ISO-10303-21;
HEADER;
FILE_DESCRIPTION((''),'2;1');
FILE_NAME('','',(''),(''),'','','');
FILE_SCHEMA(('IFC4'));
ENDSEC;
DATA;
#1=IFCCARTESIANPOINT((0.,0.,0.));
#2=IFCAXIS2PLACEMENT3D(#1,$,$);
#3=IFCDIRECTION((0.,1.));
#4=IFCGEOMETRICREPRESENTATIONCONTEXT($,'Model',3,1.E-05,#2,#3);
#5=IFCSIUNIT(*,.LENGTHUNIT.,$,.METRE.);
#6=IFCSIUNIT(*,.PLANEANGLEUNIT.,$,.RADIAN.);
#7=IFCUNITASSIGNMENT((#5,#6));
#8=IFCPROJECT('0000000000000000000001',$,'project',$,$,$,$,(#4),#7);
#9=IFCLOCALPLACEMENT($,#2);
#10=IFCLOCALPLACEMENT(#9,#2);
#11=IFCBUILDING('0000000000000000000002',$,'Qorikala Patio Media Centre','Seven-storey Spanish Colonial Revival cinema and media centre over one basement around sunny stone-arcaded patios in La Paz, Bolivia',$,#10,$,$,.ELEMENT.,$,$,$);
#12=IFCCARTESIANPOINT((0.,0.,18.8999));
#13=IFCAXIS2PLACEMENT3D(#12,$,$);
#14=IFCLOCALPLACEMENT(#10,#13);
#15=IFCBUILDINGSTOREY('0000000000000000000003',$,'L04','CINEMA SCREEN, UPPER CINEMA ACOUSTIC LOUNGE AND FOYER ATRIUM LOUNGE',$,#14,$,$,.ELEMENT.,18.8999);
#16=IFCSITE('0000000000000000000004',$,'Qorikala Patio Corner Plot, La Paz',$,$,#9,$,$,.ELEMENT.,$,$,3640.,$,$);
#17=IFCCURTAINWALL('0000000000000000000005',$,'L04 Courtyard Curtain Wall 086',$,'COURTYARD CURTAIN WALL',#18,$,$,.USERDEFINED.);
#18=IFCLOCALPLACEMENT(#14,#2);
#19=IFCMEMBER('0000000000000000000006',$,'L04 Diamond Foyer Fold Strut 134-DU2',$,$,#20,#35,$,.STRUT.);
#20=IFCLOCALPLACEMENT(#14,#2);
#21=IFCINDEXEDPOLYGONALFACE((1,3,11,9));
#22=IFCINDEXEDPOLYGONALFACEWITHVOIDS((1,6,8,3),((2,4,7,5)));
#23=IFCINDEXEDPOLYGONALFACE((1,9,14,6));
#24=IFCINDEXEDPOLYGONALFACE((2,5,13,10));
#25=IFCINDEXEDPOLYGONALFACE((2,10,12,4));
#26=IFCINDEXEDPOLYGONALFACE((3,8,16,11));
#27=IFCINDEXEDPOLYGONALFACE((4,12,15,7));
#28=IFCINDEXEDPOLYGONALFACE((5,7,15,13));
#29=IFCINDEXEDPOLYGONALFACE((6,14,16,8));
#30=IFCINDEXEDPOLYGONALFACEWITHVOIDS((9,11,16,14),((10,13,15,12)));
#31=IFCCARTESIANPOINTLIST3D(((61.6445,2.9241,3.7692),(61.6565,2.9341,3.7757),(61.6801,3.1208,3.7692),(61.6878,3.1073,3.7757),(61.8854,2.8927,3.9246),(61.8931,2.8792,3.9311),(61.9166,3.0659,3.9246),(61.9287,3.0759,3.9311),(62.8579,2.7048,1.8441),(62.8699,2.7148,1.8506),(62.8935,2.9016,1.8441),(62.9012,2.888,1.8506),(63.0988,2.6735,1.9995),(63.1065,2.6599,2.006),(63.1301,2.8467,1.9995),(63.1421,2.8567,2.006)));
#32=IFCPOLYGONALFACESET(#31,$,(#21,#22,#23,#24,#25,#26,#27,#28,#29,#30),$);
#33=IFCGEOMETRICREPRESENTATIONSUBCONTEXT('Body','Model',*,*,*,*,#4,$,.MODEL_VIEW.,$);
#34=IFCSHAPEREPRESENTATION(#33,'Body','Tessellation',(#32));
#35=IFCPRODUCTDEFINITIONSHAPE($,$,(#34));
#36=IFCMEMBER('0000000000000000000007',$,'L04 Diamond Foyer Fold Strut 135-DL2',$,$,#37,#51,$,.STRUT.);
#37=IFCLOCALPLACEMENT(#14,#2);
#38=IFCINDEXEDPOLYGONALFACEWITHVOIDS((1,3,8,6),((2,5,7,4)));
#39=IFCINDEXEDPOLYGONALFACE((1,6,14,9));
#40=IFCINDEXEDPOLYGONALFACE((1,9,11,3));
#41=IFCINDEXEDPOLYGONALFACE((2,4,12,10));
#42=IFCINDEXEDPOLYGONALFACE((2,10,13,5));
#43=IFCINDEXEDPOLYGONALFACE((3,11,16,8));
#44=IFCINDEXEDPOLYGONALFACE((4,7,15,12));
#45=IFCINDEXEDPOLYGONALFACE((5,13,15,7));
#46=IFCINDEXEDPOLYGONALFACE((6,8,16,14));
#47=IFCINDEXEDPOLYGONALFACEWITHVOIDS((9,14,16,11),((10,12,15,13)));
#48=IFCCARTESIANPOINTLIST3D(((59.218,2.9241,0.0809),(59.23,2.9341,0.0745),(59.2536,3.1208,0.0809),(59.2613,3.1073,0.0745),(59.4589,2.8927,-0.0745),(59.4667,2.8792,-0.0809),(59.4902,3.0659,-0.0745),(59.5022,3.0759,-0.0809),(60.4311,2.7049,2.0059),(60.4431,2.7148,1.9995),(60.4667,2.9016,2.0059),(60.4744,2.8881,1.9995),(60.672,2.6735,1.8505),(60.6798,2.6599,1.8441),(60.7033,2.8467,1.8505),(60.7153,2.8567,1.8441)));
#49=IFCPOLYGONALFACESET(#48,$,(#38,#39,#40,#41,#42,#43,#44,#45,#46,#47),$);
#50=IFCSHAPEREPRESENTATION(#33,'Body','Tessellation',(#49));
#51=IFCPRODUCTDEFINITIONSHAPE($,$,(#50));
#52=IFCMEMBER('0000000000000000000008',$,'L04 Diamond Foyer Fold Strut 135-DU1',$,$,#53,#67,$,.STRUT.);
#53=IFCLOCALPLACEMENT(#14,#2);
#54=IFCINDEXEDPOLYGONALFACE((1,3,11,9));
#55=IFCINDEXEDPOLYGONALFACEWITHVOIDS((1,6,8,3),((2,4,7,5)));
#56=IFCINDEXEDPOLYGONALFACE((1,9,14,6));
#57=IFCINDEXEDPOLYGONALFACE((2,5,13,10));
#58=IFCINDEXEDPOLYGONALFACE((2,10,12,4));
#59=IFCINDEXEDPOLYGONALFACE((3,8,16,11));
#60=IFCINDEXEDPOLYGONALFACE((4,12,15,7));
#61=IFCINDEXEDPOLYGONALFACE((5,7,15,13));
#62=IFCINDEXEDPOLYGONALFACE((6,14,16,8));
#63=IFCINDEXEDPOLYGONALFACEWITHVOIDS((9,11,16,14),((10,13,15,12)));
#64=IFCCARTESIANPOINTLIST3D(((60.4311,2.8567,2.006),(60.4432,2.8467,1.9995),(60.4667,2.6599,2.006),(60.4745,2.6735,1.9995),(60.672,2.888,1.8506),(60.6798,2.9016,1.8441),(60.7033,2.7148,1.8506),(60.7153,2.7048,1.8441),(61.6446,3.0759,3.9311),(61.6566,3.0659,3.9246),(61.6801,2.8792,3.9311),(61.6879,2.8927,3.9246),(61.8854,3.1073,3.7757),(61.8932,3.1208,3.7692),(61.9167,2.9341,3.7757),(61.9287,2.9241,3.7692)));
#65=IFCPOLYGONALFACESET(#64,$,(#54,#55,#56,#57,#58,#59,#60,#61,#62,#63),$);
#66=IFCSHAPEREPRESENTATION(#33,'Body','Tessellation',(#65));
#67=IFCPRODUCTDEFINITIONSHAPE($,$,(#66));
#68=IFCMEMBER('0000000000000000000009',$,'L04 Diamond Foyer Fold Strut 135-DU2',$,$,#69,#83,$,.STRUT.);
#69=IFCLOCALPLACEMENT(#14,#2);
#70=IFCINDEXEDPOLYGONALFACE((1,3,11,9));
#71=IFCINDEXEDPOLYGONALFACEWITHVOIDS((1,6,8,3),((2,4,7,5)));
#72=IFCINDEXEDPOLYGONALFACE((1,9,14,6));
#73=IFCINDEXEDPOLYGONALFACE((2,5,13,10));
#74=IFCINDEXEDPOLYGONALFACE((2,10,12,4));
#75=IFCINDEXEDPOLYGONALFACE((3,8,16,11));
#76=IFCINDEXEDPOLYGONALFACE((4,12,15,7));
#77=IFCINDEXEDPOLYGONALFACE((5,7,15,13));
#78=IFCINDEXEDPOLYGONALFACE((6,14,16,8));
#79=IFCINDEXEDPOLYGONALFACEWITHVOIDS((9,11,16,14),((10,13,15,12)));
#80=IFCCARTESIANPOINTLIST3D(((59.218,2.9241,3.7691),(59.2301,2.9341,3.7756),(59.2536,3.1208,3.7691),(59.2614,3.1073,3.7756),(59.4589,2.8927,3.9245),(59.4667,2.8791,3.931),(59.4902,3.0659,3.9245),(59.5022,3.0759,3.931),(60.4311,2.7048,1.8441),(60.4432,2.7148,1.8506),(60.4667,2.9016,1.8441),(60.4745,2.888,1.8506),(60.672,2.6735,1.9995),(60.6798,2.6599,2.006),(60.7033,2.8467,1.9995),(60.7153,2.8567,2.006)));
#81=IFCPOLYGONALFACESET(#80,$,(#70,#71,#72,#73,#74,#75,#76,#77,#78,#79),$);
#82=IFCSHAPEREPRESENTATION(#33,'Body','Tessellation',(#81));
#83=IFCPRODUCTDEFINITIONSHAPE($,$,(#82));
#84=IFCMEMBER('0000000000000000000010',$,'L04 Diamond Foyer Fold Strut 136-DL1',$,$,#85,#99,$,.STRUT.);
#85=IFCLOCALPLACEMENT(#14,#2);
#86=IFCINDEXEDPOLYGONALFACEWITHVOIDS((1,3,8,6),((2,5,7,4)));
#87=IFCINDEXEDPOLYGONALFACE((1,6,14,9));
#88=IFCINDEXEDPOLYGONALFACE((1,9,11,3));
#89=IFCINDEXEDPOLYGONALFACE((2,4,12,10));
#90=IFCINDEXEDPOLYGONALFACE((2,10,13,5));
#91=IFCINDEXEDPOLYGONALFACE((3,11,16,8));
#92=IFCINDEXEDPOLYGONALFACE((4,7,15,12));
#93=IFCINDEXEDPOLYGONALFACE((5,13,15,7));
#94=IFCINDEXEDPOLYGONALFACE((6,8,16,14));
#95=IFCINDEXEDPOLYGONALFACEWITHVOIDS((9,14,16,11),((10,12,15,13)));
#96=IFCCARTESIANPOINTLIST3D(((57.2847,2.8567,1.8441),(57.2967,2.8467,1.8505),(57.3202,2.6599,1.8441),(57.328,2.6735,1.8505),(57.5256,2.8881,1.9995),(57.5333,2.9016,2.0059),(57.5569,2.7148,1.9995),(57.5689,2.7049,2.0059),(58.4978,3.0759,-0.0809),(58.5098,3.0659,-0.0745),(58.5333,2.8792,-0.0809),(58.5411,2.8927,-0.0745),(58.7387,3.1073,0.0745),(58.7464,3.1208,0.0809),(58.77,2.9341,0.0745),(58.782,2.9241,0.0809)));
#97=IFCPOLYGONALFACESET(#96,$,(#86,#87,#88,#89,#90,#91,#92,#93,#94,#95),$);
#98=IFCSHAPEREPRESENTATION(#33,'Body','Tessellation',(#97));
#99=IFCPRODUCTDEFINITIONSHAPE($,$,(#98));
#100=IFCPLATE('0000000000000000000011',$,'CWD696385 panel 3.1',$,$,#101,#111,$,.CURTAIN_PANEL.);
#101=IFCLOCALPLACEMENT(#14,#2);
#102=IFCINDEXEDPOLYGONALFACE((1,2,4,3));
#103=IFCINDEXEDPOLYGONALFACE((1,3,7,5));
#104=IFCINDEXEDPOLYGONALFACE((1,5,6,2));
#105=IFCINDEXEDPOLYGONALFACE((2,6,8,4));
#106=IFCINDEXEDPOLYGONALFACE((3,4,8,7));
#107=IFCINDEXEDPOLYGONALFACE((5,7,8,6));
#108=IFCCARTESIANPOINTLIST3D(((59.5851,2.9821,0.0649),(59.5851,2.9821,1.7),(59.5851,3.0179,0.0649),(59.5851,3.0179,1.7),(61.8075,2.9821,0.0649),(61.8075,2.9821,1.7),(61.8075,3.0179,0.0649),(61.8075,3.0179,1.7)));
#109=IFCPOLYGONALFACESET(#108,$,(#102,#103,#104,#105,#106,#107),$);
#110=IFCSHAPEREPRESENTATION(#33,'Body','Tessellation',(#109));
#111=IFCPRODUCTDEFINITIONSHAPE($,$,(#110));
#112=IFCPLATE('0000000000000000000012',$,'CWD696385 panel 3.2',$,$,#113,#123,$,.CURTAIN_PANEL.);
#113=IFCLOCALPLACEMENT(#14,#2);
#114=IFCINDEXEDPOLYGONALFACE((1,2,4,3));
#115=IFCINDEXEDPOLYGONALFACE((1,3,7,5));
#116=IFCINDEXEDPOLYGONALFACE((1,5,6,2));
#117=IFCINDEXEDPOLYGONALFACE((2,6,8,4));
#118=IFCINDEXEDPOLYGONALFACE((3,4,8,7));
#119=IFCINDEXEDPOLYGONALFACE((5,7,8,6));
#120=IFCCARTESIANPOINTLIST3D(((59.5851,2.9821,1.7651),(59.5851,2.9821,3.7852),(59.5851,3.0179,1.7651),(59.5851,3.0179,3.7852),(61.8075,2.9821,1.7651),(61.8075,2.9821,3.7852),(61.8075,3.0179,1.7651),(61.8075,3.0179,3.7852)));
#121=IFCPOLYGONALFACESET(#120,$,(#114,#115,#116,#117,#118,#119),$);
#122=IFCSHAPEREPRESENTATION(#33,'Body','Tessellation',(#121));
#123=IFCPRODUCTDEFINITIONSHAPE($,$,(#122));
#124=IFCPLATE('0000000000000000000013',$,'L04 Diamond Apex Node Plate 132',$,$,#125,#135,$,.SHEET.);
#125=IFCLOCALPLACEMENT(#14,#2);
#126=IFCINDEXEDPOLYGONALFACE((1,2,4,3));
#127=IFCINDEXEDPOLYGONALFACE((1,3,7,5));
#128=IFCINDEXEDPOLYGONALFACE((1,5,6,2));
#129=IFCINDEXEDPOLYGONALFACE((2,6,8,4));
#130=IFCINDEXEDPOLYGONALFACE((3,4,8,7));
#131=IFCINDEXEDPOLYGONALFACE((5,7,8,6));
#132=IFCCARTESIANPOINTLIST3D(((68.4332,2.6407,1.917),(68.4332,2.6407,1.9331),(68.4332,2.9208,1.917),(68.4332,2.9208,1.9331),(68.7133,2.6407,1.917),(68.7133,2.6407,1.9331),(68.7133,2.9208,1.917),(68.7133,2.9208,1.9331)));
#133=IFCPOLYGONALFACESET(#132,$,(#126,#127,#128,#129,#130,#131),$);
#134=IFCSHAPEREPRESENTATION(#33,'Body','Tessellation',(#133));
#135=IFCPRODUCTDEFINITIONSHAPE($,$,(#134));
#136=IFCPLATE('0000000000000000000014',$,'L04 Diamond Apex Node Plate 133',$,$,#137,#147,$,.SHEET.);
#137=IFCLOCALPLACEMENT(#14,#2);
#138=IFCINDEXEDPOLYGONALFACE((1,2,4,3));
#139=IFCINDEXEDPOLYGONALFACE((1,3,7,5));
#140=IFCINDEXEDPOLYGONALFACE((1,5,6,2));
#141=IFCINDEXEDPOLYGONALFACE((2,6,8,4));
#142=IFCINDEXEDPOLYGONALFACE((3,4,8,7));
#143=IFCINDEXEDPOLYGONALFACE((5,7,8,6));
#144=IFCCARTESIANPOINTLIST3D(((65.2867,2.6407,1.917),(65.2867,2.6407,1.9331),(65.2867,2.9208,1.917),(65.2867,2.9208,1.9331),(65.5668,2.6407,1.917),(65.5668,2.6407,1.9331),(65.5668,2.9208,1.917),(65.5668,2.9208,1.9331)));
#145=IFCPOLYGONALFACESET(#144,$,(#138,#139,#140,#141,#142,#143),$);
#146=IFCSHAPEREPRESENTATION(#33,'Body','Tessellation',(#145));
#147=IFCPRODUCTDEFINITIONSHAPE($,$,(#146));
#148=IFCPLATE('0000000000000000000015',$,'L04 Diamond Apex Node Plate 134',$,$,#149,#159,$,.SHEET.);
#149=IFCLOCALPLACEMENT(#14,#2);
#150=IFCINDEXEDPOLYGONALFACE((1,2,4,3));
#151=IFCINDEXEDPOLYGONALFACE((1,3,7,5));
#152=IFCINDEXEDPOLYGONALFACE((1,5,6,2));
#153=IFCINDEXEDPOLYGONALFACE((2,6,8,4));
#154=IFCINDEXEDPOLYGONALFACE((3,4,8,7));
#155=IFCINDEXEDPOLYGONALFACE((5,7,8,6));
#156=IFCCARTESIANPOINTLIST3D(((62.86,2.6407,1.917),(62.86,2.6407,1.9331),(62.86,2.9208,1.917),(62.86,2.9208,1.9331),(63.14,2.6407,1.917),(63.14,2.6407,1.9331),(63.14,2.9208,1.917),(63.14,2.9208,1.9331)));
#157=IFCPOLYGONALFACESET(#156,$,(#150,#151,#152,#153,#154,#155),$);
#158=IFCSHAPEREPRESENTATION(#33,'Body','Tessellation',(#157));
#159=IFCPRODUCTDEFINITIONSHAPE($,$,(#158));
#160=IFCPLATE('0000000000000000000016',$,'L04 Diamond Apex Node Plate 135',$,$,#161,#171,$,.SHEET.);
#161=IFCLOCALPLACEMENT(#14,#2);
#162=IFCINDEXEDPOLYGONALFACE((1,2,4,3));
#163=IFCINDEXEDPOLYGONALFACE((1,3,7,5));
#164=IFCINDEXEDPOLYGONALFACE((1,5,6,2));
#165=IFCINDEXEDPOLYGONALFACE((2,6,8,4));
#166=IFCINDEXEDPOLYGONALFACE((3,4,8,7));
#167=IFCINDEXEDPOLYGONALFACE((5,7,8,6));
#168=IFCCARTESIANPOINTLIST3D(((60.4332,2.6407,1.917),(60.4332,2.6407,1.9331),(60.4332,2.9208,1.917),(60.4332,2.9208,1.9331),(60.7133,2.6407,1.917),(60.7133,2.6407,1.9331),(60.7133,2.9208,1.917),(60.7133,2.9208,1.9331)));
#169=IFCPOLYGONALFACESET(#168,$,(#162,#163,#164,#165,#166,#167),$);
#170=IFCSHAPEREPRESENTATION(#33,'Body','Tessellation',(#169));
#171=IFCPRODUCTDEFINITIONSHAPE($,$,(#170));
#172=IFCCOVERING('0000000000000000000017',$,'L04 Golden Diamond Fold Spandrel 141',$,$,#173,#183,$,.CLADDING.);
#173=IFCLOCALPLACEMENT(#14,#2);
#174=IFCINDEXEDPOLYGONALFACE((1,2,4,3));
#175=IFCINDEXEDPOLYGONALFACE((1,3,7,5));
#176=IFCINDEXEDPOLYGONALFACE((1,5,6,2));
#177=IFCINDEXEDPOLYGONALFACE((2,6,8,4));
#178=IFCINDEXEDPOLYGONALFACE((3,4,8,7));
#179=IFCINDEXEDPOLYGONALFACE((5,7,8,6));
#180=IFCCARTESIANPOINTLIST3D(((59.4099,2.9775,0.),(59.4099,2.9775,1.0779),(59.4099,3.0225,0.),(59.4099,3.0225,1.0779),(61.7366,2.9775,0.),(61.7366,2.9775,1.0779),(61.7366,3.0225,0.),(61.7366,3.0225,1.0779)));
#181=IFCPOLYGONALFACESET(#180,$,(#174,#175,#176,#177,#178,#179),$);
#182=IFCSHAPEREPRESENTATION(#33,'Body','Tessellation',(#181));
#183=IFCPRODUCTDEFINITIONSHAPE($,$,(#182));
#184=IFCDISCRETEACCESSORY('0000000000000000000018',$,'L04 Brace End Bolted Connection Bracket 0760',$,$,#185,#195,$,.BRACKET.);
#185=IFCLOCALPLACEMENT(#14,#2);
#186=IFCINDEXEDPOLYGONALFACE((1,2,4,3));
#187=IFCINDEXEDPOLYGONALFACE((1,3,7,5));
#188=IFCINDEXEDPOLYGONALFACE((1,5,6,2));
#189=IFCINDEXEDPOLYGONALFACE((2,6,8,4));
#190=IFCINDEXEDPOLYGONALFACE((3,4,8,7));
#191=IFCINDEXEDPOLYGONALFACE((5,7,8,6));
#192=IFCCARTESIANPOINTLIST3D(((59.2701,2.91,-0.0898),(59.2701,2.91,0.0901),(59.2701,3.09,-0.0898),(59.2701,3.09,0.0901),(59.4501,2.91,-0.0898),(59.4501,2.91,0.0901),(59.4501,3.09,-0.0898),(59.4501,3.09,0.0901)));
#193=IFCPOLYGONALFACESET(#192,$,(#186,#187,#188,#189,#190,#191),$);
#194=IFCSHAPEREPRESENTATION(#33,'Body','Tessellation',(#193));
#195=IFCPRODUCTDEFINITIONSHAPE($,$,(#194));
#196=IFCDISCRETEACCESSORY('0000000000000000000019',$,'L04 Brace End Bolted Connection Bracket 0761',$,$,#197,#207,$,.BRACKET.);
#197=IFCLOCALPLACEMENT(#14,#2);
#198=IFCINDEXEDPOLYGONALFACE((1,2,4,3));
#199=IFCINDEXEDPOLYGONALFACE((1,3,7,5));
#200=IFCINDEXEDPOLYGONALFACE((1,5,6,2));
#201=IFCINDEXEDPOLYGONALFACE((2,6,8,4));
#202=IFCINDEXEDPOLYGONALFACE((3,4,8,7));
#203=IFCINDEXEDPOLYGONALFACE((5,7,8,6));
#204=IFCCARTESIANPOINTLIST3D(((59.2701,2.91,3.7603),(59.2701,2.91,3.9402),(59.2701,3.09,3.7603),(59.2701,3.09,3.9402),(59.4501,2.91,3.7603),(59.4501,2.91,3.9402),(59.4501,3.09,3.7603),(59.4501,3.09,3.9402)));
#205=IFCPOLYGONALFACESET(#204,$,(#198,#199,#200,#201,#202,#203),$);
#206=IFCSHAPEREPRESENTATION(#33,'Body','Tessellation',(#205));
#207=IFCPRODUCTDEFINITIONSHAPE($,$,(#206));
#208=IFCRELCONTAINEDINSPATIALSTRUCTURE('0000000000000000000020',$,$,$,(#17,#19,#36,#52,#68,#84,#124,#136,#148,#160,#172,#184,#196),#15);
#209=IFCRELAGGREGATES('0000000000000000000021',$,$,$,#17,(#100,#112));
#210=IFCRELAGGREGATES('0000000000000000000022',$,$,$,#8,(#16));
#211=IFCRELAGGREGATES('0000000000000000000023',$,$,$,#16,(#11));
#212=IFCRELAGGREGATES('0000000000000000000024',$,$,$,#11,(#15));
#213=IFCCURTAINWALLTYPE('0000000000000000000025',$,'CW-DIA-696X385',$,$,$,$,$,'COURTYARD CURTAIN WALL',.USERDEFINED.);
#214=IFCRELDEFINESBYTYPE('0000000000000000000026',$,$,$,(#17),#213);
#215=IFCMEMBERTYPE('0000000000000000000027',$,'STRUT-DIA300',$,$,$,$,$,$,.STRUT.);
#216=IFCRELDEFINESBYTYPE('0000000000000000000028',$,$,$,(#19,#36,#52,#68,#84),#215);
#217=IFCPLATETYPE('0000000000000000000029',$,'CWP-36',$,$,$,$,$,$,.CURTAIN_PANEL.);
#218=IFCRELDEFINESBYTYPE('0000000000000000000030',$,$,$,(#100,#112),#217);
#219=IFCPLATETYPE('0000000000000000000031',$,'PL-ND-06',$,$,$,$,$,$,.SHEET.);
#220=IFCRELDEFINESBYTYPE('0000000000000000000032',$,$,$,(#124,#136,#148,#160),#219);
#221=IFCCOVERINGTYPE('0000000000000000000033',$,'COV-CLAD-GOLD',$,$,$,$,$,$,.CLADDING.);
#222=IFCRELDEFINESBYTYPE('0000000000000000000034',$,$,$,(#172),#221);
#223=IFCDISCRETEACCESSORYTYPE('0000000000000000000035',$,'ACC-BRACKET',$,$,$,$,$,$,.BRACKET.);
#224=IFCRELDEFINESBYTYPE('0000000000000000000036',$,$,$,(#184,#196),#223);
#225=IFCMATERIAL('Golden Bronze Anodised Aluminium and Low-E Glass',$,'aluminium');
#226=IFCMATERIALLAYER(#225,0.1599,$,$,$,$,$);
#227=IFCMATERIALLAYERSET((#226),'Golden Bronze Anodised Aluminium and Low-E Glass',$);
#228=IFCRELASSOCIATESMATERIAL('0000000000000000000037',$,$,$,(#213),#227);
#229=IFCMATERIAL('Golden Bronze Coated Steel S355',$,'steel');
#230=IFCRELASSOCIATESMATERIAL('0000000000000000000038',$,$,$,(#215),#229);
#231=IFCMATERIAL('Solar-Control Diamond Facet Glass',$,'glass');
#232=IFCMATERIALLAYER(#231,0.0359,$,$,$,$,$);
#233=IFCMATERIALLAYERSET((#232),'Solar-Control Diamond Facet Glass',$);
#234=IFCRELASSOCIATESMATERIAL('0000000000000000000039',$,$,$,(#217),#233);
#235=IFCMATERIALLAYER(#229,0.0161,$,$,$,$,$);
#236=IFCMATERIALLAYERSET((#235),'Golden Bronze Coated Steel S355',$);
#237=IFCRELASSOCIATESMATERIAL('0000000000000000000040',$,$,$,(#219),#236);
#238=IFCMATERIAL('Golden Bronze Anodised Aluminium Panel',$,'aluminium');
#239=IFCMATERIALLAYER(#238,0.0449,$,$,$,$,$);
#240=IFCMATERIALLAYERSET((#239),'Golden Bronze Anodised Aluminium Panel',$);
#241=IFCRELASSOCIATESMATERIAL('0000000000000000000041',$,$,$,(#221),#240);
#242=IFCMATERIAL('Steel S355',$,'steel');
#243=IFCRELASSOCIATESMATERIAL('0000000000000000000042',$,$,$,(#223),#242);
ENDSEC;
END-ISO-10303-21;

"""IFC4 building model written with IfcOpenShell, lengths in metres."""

from ifc_helpers import new_model, si_unit, direction, frame, origin, origin_2d, place, context, subcontext, project, spatial, rectangle, hollow_rectangle, extrude, material, layer, layer_set, material_profile, profile_set, type_object, element, aggregate, save


model = new_model("IFC4")

# Units and contexts
model_context = context("Model", 3, precision=1e-05, world=origin(), true_north=direction((0.0, 1.0)))
body_context = subcontext(model_context, "Body", "Model", "MODEL_VIEW")
ifc_project = project(units=[si_unit("LENGTHUNIT", "METRE"), si_unit("PLANEANGLEUNIT", "RADIAN")], contexts=[model_context])

# Site, building, storey
site_placement = place(None, origin())
site = spatial("IfcSite", under=ifc_project, at=site_placement, Name="Qorikala Patio Corner Plot, La Paz", CompositionType="ELEMENT", RefElevation=3640.0)
building_placement = place(site_placement, origin())
building = spatial("IfcBuilding", under=site, at=building_placement, Name="Qorikala Patio Media Centre", Description="Seven-storey Spanish Colonial Revival cinema and media centre over one basement around sunny stone-arcaded patios in La Paz, Bolivia", CompositionType="ELEMENT")
storey_placement = place(building_placement, frame((0.0, 0.0, 18.8999)))
storey = spatial("IfcBuildingStorey", under=building, at=storey_placement, Name="L04", Description="CINEMA SCREEN, UPPER CINEMA ACOUSTIC LOUNGE AND FOYER ATRIUM LOUNGE", CompositionType="ELEMENT", Elevation=18.8999)

# Shared definitions
ifc_material_1 = material(Name="Golden Bronze Coated Steel S355", Category="steel")

# Curtain wall
ifc_material_2 = material(Name="Golden Bronze Anodised Aluminium and Low-E Glass", Category="aluminium")
ifc_layer_1 = layer(ifc_material_2, 0.1599)
ifc_layer_set_1 = layer_set([ifc_layer_1], Name="Golden Bronze Anodised Aluminium and Low-E Glass")
curtain_wall_type = type_object("IfcCurtainWallType", Name="CW-DIA-696X385", ElementType="COURTYARD CURTAIN WALL", PredefinedType="USERDEFINED", material=ifc_layer_set_1)
curtain_wall_1_placement = place(storey_placement, origin())
curtain_wall_1 = element("IfcCurtainWall", 1, at=curtain_wall_1_placement, inside=storey, type_object=curtain_wall_type, Name="L04 Courtyard Curtain Wall 086", ObjectType="COURTYARD CURTAIN WALL", PredefinedType="USERDEFINED")

# Members
ifc_material_profile_1 = material_profile(ifc_material_1, hollow_rectangle(XDim=0.2, YDim=0.3, WallThickness=0.012, at=origin_2d()), Name="HSS300X200X12")
ifc_profile_set_1 = profile_set([ifc_material_profile_1], Name="Golden Bronze Coated Steel S355")
member_type_1 = type_object("IfcMemberType", Name="STRUT-DIA300", PredefinedType="STRUT", material=ifc_profile_set_1)
for number, where, z_axis, x_axis, name in (
    (2, (63.0, 2.7808, 1.925), (-0.530768, 0.095901, 0.842074), (-0.177805, -0.984066, 0.0), "L04 Diamond Foyer Fold Strut 134-DU2"),
):
    element("IfcMember", number, at=place(storey_placement, frame(where, z_axis=z_axis, x_axis=x_axis)), inside=storey, type_object=member_type_1, Name=name, PredefinedType="STRUT", context=body_context, shape_type="SweptSolid", body=[
        extrude(hollow_rectangle(XDim=0.2, YDim=0.3, WallThickness=0.012, at=origin_2d()), origin(), (0.0, 0.0, 1.0), 2.2861),
    ])
member_1_placement = place(storey_placement, frame((59.3601, 3.0, 0.0), z_axis=(0.530691, -0.095907, 0.842121), x_axis=(0.17784, 0.984059, 0.0)))
element("IfcMember", 3, at=member_1_placement, inside=storey, type_object=member_type_1, Name="L04 Diamond Foyer Fold Strut 135-DL2", PredefinedType="STRUT", context=body_context, shape_type="SweptSolid", body=[
    extrude(hollow_rectangle(XDim=0.2, YDim=0.3, WallThickness=0.012, at=origin_2d()), origin(), (0.0, 0.0, 1.0), 2.2859),
])
member_2_placement = place(storey_placement, frame((60.5732, 2.7808, 1.925), z_axis=(0.530768, 0.095901, 0.842074), x_axis=(-0.177805, 0.984066, 0.0)))
element("IfcMember", 4, at=member_2_placement, inside=storey, type_object=member_type_1, Name="L04 Diamond Foyer Fold Strut 135-DU1", PredefinedType="STRUT", context=body_context, shape_type="SweptSolid", body=[
    extrude(hollow_rectangle(XDim=0.2, YDim=0.3, WallThickness=0.012, at=origin_2d()), origin(), (0.0, 0.0, 1.0), 2.2861),
])
for number, where, z_axis, x_axis, name in (
    (5, (60.5732, 2.7808, 1.925), (-0.530691, 0.095907, 0.842121), (-0.17784, -0.984059, 0.0), "L04 Diamond Foyer Fold Strut 135-DU2"),
    (6, (58.6399, 3.0, 0.0), (-0.530691, -0.095907, 0.842121), (0.17784, -0.984059, 0.0), "L04 Diamond Foyer Fold Strut 136-DL1"),
):
    element("IfcMember", number, at=place(storey_placement, frame(where, z_axis=z_axis, x_axis=x_axis)), inside=storey, type_object=member_type_1, Name=name, PredefinedType="STRUT", context=body_context, shape_type="SweptSolid", body=[
        extrude(hollow_rectangle(XDim=0.2, YDim=0.3, WallThickness=0.012, at=origin_2d()), origin(), (0.0, 0.0, 1.0), 2.2859),
    ])

# Plates
ifc_material_3 = material(Name="Solar-Control Diamond Facet Glass", Category="glass")
ifc_layer_2 = layer(ifc_material_3, 0.0359)
ifc_layer_set_2 = layer_set([ifc_layer_2], Name="Solar-Control Diamond Facet Glass")
plate_type_1 = type_object("IfcPlateType", Name="CWP-36", PredefinedType="CURTAIN_PANEL", material=ifc_layer_set_2)
plate_1_placement = place(storey_placement, frame((60.6963, 3.0, 0.0649), z_axis=(0.0, 0.0, 1.0), x_axis=(-1.0, 0.0, 0.0)))
plate_1 = element("IfcPlate", 7, at=plate_1_placement, type_object=plate_type_1, Name="CWD696385 panel 3.1", PredefinedType="CURTAIN_PANEL", context=body_context, shape_type="SweptSolid", body=[
    extrude(rectangle(XDim=2.2224, YDim=0.0359, at=origin_2d()), origin(), (0.0, 0.0, 1.0), 1.635),
])
plate_2_placement = place(storey_placement, frame((60.6963, 3.0, 1.7651), z_axis=(0.0, 0.0, 1.0), x_axis=(-1.0, 0.0, 0.0)))
plate_2 = element("IfcPlate", 8, at=plate_2_placement, type_object=plate_type_1, Name="CWD696385 panel 3.2", PredefinedType="CURTAIN_PANEL", context=body_context, shape_type="SweptSolid", body=[
    extrude(rectangle(XDim=2.2224, YDim=0.0359, at=origin_2d()), origin(), (0.0, 0.0, 1.0), 2.02),
])
aggregate(curtain_wall_1, [plate_1, plate_2])

# Plates
ifc_layer_3 = layer(ifc_material_1, 0.0161)
ifc_layer_set_3 = layer_set([ifc_layer_3], Name="Golden Bronze Coated Steel S355")
plate_type_2 = type_object("IfcPlateType", Name="PL-ND-06", PredefinedType="SHEET", material=ifc_layer_set_3)
for number, where, z_axis, x_axis, name in (
    (9, (68.5732, 2.7808, 1.917), (0.0, 0.0, 1.0), (-1.0, 0.0, 0.0), "L04 Diamond Apex Node Plate 132"),
    (10, (65.4268, 2.7808, 1.917), (0.0, 0.0, 1.0), (-1.0, 0.0, 0.0), "L04 Diamond Apex Node Plate 133"),
    (11, (63.0, 2.7808, 1.917), (0.0, 0.0, 1.0), (-1.0, 0.0, 0.0), "L04 Diamond Apex Node Plate 134"),
    (12, (60.5732, 2.7808, 1.917), (0.0, 0.0, 1.0), (-1.0, 0.0, 0.0), "L04 Diamond Apex Node Plate 135"),
):
    element("IfcPlate", number, at=place(storey_placement, frame(where, z_axis=z_axis, x_axis=x_axis)), inside=storey, type_object=plate_type_2, Name=name, PredefinedType="SHEET", context=body_context, shape_type="SweptSolid", body=[
        extrude(rectangle(XDim=0.28, YDim=0.28, at=origin_2d()), origin(), (0.0, 0.0, 1.0), 0.0161),
    ])

# Covering
ifc_material_4 = material(Name="Golden Bronze Anodised Aluminium Panel", Category="aluminium")
ifc_layer_4 = layer(ifc_material_4, 0.0449)
ifc_layer_set_4 = layer_set([ifc_layer_4], Name="Golden Bronze Anodised Aluminium Panel")
covering_type = type_object("IfcCoveringType", Name="COV-CLAD-GOLD", PredefinedType="CLADDING", material=ifc_layer_set_4)
covering_placement = place(storey_placement, frame((60.5732, 3.0, 0.0), z_axis=(0.0, 0.0, 1.0), x_axis=(-1.0, 0.0, 0.0)))
element("IfcCovering", 13, at=covering_placement, inside=storey, type_object=covering_type, Name="L04 Golden Diamond Fold Spandrel 141", PredefinedType="CLADDING", context=body_context, shape_type="SweptSolid", body=[
    extrude(rectangle(XDim=2.3267, YDim=0.0449, at=origin_2d()), origin(), (0.0, 0.0, 1.0), 1.0779),
])

# Discrete accessories
ifc_material_5 = material(Name="Steel S355", Category="steel")
discrete_accessory_type = type_object("IfcDiscreteAccessoryType", Name="ACC-BRACKET", PredefinedType="BRACKET", material=ifc_material_5)
for number, where, z_axis, x_axis, name in (
    (14, (59.3601, 3.0, -0.0898), (0.0, 0.0, 1.0), (1.0, 0.0, 0.0), "L04 Brace End Bolted Connection Bracket 0760"),
    (15, (59.3601, 3.0, 3.7603), (0.0, 0.0, 1.0), (1.0, 0.0, 0.0), "L04 Brace End Bolted Connection Bracket 0761"),
):
    element("IfcDiscreteAccessory", number, at=place(storey_placement, frame(where, z_axis=z_axis, x_axis=x_axis)), inside=storey, type_object=discrete_accessory_type, Name=name, PredefinedType="BRACKET", context=body_context, shape_type="SweptSolid", body=[
        extrude(rectangle(XDim=0.1799, YDim=0.1799, at=origin_2d()), origin(), (0.0, 0.0, 1.0), 0.1799),
    ])

save(model, "model.ifc")
